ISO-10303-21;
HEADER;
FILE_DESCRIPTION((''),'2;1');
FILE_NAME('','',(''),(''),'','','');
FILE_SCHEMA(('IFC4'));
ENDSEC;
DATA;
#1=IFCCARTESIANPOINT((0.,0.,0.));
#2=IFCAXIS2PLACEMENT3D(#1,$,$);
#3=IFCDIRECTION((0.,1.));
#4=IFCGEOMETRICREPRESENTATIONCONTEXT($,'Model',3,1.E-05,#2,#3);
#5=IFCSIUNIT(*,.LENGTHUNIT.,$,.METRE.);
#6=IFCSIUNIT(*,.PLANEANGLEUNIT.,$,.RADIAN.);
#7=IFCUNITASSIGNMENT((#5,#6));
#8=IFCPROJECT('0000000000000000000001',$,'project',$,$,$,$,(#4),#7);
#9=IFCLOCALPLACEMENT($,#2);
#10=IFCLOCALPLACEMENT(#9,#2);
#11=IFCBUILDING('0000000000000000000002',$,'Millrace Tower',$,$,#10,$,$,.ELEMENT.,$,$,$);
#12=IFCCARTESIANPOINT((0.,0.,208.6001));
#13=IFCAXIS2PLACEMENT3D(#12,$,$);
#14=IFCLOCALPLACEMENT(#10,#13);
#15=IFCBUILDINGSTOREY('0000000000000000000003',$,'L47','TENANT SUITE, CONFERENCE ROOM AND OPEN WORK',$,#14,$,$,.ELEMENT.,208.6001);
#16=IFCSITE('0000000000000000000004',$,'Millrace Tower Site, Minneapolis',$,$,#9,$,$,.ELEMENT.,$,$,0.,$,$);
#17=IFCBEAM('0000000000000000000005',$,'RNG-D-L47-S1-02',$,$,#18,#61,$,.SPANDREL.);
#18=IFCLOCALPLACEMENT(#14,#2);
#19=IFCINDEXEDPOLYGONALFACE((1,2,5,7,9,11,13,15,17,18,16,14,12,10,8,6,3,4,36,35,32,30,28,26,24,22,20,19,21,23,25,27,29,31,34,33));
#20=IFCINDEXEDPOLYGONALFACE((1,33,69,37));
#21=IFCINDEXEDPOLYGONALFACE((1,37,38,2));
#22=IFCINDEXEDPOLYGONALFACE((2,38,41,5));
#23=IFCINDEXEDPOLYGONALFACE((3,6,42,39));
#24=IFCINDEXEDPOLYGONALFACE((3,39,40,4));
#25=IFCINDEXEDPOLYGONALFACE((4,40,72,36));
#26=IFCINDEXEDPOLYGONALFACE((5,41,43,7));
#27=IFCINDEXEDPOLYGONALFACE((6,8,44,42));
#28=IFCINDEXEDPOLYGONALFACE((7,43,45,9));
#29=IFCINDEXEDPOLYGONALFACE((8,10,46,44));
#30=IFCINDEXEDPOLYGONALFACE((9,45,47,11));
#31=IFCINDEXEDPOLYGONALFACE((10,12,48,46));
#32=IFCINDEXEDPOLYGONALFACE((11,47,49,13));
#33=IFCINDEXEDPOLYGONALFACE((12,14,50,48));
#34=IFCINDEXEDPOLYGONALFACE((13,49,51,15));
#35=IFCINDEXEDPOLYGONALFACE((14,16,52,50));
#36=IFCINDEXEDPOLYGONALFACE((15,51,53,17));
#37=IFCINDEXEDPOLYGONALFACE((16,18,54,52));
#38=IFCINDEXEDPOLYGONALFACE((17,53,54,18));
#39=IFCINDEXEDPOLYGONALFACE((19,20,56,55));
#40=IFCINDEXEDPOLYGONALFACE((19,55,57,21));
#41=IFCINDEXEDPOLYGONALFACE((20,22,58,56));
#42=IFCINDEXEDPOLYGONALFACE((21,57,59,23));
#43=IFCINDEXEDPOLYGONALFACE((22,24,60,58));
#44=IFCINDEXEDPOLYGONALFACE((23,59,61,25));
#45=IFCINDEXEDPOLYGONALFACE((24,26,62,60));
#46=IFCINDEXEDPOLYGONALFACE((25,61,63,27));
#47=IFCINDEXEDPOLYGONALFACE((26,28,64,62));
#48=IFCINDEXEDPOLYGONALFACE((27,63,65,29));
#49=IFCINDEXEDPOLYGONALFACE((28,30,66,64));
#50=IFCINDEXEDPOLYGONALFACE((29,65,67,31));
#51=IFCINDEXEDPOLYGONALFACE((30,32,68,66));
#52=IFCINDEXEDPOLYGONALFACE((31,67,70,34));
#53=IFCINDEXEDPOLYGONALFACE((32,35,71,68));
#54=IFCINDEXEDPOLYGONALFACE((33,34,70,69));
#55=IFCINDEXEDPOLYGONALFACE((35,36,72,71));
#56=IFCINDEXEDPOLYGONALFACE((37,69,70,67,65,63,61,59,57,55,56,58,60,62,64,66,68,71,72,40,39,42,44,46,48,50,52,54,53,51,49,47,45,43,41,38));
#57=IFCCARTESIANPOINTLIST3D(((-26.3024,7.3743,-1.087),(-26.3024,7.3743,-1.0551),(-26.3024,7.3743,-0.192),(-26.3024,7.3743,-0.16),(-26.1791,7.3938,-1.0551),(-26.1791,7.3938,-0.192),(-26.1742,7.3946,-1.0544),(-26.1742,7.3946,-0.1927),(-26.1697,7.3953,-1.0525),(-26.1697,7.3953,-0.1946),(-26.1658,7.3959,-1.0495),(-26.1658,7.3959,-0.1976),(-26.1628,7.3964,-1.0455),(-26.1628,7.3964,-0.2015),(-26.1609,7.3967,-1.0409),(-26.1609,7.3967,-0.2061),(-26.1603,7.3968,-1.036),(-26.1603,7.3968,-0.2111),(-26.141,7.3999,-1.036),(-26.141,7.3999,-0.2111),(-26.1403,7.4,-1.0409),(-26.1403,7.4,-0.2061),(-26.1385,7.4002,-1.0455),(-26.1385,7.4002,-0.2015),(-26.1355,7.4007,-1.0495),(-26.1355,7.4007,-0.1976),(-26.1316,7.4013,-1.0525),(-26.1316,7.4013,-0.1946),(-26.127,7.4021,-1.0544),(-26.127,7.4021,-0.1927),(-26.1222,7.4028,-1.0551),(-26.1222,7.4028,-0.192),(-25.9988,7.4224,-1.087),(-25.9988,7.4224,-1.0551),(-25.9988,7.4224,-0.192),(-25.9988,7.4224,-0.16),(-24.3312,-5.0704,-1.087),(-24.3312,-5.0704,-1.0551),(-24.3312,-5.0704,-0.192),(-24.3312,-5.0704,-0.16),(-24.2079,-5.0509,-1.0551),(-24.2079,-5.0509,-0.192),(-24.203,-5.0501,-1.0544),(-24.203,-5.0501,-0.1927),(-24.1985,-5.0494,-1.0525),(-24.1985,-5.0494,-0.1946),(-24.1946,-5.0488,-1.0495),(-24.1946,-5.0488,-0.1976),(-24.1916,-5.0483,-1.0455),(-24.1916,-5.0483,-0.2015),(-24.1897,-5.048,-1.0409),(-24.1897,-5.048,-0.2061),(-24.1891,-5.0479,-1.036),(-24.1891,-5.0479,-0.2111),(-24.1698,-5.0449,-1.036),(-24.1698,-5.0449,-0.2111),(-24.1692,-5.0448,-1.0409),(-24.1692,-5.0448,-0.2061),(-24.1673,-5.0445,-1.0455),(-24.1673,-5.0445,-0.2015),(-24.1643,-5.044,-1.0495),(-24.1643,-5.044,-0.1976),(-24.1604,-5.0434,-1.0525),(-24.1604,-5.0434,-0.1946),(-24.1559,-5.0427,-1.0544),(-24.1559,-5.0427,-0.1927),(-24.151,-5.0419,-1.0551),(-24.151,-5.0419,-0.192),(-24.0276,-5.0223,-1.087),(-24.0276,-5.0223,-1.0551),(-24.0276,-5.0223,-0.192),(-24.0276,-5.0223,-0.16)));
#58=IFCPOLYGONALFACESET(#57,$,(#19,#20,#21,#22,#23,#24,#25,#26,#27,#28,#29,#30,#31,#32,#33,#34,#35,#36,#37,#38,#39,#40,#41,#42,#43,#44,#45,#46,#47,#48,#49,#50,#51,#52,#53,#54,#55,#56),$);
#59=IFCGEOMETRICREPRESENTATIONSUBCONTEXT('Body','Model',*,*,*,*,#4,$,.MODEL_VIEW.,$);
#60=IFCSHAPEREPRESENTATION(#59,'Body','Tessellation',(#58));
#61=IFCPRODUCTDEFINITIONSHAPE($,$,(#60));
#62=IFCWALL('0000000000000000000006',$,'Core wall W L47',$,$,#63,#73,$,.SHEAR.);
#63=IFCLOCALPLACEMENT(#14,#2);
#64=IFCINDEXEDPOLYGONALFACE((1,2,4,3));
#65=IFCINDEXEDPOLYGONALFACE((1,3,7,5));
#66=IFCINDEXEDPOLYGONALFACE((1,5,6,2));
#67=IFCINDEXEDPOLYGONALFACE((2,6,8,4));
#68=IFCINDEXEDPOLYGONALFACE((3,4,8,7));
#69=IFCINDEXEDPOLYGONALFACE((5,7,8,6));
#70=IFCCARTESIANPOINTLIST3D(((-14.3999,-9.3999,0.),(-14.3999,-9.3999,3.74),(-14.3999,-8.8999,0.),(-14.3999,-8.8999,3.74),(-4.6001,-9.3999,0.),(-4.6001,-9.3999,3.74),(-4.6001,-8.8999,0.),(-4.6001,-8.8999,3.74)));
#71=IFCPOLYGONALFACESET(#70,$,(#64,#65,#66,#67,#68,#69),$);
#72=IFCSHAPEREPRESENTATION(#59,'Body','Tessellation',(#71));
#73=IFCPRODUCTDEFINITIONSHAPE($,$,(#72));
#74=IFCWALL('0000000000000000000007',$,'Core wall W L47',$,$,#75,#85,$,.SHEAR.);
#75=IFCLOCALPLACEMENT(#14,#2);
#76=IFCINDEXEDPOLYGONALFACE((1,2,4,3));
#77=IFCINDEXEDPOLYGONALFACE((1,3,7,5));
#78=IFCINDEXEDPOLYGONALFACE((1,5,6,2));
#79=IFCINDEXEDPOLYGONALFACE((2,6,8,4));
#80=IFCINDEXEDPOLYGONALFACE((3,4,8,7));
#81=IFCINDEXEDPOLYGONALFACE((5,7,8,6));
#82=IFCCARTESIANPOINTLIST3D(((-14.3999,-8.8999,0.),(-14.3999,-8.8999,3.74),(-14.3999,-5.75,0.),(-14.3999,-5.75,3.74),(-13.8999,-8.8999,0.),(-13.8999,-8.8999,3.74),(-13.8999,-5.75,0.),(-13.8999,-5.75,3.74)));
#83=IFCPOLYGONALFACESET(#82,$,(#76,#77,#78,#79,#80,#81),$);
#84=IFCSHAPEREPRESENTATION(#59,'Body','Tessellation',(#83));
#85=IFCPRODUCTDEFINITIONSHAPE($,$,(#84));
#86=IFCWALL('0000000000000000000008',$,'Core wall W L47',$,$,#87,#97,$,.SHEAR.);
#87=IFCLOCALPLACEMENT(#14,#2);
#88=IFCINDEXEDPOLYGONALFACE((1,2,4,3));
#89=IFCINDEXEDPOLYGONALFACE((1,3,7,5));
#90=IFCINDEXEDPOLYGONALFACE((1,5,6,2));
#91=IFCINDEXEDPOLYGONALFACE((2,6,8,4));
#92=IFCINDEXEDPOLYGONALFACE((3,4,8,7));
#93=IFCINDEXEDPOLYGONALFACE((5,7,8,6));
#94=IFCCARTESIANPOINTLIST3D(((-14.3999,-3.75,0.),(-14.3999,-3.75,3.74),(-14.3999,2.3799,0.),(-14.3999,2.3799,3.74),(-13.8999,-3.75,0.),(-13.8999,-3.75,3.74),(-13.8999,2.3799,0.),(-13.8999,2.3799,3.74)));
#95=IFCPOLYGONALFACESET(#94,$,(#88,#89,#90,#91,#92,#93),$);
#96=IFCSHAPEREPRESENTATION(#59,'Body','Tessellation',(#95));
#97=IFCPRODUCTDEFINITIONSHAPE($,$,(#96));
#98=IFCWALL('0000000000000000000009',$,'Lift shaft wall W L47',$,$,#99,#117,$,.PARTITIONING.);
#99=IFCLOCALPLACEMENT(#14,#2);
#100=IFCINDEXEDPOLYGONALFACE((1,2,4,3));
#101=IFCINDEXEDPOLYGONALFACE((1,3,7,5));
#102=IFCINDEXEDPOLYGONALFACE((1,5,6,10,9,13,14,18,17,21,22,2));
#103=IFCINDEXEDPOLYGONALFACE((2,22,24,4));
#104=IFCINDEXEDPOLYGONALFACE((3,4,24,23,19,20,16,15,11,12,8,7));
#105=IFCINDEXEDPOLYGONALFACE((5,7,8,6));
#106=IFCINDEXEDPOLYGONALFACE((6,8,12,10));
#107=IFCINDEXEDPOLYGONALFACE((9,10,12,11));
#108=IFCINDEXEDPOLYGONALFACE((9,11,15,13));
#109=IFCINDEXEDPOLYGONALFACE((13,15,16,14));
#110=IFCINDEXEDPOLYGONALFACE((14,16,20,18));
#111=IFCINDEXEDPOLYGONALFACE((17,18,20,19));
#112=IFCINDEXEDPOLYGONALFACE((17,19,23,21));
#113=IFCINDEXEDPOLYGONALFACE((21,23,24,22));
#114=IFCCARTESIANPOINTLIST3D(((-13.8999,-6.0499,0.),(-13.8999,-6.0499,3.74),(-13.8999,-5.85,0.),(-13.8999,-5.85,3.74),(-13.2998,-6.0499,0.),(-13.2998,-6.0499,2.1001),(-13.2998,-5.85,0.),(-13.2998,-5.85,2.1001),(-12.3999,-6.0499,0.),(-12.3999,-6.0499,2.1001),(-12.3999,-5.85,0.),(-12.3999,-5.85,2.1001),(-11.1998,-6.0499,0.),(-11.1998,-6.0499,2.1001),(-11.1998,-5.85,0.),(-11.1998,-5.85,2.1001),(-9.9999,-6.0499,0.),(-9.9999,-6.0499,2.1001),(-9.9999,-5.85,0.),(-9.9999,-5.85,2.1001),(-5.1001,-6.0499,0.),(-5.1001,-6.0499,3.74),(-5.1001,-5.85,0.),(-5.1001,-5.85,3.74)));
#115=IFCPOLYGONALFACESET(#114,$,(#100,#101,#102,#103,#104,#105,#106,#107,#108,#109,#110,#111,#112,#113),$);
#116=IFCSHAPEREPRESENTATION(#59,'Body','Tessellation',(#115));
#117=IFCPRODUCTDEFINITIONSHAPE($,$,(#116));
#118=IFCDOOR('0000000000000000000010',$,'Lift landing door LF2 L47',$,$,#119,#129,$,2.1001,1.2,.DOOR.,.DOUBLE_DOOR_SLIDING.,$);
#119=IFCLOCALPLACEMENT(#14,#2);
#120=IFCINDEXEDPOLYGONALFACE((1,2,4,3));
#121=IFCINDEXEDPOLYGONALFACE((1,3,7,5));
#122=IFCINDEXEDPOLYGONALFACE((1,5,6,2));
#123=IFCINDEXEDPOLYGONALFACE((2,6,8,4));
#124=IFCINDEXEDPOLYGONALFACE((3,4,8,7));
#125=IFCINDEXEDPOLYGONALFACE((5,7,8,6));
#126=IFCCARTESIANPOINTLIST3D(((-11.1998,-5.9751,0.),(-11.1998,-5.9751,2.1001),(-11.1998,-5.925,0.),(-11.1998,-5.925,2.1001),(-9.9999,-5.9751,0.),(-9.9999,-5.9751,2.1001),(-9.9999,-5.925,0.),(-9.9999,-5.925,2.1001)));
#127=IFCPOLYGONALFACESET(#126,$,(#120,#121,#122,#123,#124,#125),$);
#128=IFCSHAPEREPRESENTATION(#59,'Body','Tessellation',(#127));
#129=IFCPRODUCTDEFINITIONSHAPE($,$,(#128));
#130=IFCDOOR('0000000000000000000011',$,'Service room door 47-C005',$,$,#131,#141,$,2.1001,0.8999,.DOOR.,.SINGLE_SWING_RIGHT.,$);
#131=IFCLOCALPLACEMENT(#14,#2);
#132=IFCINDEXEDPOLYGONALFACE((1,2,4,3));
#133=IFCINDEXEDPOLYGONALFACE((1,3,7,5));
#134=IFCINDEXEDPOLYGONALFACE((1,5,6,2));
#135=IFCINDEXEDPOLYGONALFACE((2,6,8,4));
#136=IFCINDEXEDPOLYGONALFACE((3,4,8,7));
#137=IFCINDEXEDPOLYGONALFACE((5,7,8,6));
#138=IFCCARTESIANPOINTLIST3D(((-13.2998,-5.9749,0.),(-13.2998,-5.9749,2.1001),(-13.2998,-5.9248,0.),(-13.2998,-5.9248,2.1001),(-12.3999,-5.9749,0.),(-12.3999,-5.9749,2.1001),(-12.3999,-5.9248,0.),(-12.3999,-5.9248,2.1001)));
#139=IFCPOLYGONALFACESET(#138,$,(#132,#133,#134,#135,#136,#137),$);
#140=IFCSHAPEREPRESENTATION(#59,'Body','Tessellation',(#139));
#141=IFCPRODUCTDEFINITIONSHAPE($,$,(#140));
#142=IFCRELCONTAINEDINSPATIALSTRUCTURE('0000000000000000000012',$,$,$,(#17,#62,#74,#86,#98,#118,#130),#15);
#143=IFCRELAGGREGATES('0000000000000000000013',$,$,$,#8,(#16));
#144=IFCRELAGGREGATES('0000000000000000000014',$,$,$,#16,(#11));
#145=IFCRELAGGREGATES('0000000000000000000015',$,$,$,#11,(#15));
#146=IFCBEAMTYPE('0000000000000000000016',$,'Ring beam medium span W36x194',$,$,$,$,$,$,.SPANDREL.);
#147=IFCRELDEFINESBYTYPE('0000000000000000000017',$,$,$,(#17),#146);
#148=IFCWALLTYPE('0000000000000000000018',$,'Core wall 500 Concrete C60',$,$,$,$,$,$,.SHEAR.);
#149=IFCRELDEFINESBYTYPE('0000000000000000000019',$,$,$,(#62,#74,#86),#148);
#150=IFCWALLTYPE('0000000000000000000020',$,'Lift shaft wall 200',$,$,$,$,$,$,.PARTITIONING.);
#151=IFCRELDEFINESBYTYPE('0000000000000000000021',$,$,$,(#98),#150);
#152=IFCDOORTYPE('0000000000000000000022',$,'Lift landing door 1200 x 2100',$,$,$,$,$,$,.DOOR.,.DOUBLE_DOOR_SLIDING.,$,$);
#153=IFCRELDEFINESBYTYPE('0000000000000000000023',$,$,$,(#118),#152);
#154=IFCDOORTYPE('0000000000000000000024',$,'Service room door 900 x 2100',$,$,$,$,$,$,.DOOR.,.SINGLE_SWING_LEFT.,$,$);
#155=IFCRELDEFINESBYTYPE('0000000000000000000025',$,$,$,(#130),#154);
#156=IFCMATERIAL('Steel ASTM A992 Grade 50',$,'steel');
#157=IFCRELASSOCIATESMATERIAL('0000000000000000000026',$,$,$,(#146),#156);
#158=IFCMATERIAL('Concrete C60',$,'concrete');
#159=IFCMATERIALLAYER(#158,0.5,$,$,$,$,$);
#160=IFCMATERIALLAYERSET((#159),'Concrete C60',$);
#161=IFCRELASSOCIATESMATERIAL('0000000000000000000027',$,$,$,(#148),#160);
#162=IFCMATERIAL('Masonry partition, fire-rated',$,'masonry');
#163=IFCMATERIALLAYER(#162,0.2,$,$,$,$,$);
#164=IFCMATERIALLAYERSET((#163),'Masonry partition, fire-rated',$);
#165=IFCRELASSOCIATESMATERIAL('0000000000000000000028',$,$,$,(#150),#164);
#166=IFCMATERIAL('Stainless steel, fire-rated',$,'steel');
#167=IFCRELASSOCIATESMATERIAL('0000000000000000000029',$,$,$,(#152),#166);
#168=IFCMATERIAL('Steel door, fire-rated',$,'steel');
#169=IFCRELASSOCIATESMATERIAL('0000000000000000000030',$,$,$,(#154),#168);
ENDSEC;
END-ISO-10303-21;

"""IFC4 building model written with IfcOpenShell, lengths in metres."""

from ifc_helpers import new_model, si_unit, direction, frame, frame_2d, origin, origin_2d, place, context, subcontext, project, spatial, rectangle, i_section, extrude, material, layer, layer_set, material_profile, profile_set, type_object, element, fill, save


model = new_model("IFC4")

# Units and contexts
model_context = context("Model", 3, precision=1e-05, world=origin(), true_north=direction((0.0, 1.0)))
body_context = subcontext(model_context, "Body", "Model", "MODEL_VIEW")
ifc_project = project(units=[si_unit("LENGTHUNIT", "METRE"), si_unit("PLANEANGLEUNIT", "RADIAN")], contexts=[model_context])

# Site, building, storey
site_placement = place(None, origin())
site = spatial("IfcSite", under=ifc_project, at=site_placement, Name="Millrace Tower Site, Minneapolis", CompositionType="ELEMENT", RefElevation=0.0)
building_placement = place(site_placement, origin())
building = spatial("IfcBuilding", under=site, at=building_placement, Name="Millrace Tower", CompositionType="ELEMENT")
storey_placement = place(building_placement, frame((0.0, 0.0, 208.6001)))
storey = spatial("IfcBuildingStorey", under=building, at=storey_placement, Name="L47", Description="TENANT SUITE, CONFERENCE ROOM AND OPEN WORK", CompositionType="ELEMENT", Elevation=208.6001)

# Beam
ifc_material_1 = material(Name="Steel ASTM A992 Grade 50", Category="steel")
ifc_material_profile_1 = material_profile(ifc_material_1, i_section(OverallWidth=0.3074, OverallDepth=0.927, WebThickness=0.0195, FlangeThickness=0.032, FilletRadius=0.019, at=origin_2d()))
ifc_profile_set_1 = profile_set([ifc_material_profile_1], Name="Steel ASTM A992 Grade 50")
beam_type_1 = type_object("IfcBeamType", Name="Ring beam medium span W36x194", PredefinedType="SPANDREL", material=ifc_profile_set_1)
beam_1_placement = place(storey_placement, frame((-24.1794, -5.0464, -0.6235), z_axis=(-0.156444, 0.987687, 0.0), x_axis=(-0.987687, -0.156444, 0.0)))
element("IfcBeam", 1, at=beam_1_placement, inside=storey, type_object=beam_type_1, Name="RNG-D-L47-S1-02", PredefinedType="SPANDREL", context=body_context, shape_type="SweptSolid", body=[
    extrude(i_section(OverallWidth=0.3074, OverallDepth=0.927, WebThickness=0.0195, FlangeThickness=0.032, FilletRadius=0.019, at=origin_2d()), origin(), (0.0, 0.0, 1.0), 12.5999),
])

# Walls
ifc_material_2 = material(Name="Concrete C60", Category="concrete")
ifc_layer_1 = layer(ifc_material_2, 0.5)
ifc_layer_set_1 = layer_set([ifc_layer_1], Name="Concrete C60")
wall_type_1 = type_object("IfcWallType", Name="Core wall 500 Concrete C60", PredefinedType="SHEAR", material=ifc_layer_set_1)
wall_1_placement = place(storey_placement, frame((-14.3999, -9.1499, 0.0), z_axis=(0.0, 0.0, 1.0), x_axis=(1.0, 0.0, 0.0)))
element("IfcWall", 2, at=wall_1_placement, inside=storey, type_object=wall_type_1, Name="Core wall W L47", PredefinedType="SHEAR", context=body_context, shape_type="SweptSolid", body=[
    extrude(rectangle(XDim=9.7998, YDim=0.5, at=frame_2d((4.8999, 0.0))), origin(), (0.0, 0.0, 1.0), 3.74),
])
wall_2_placement = place(storey_placement, frame((-14.1499, -8.8999, 0.0), z_axis=(0.0, 0.0, 1.0), x_axis=(0.0, 1.0, 0.0)))
element("IfcWall", 3, at=wall_2_placement, inside=storey, type_object=wall_type_1, Name="Core wall W L47", PredefinedType="SHEAR", context=body_context, shape_type="SweptSolid", body=[
    extrude(rectangle(XDim=3.1499, YDim=0.5, at=frame_2d((1.575, 0.0))), origin(), (0.0, 0.0, 1.0), 3.74),
])
wall_3_placement = place(storey_placement, frame((-14.1499, -3.75, 0.0), z_axis=(0.0, 0.0, 1.0), x_axis=(0.0, 1.0, 0.0)))
element("IfcWall", 4, at=wall_3_placement, inside=storey, type_object=wall_type_1, Name="Core wall W L47", PredefinedType="SHEAR", context=body_context, shape_type="SweptSolid", body=[
    extrude(rectangle(XDim=6.1299, YDim=0.5, at=frame_2d((3.0649, 0.0))), origin(), (0.0, 0.0, 1.0), 3.74),
])

# Wall, openings, doors
ifc_material_3 = material(Name="Masonry partition, fire-rated", Category="masonry")
ifc_layer_2 = layer(ifc_material_3, 0.2)
ifc_layer_set_2 = layer_set([ifc_layer_2], Name="Masonry partition, fire-rated")
wall_type_2 = type_object("IfcWallType", Name="Lift shaft wall 200", PredefinedType="PARTITIONING", material=ifc_layer_set_2)
wall_4_placement = place(storey_placement, frame((-13.8999, -5.95, 0.0), z_axis=(0.0, 0.0, 1.0), x_axis=(1.0, 0.0, 0.0)))
wall_4 = element("IfcWall", 5, at=wall_4_placement, inside=storey, type_object=wall_type_2, Name="Lift shaft wall W L47", PredefinedType="PARTITIONING", context=body_context, shape_type="SweptSolid", body=[
    extrude(rectangle(XDim=8.7998, YDim=0.2, at=frame_2d((4.3999, 0.0))), origin(), (0.0, 0.0, 1.0), 3.74),
])
opening_1_placement = place(wall_4_placement, frame((2.7, 0.0, 0.0)))
opening_1 = element("IfcOpeningElement", 6, at=opening_1_placement, cuts=wall_4, PredefinedType="OPENING", context=body_context, shape_type="SweptSolid", body=[
    extrude(rectangle(XDim=1.2, YDim=2.1001, at=frame_2d((0.6001, 1.05))), frame((0.0, 0.1099, 0.0), z_axis=(0.0, -1.0, 0.0), x_axis=(1.0, 0.0, 0.0)), (0.0, 0.0, 1.0), 0.22),
])
opening_2_placement = place(wall_4_placement, frame((0.6001, 0.0, 0.0)))
opening_2 = element("IfcOpeningElement", 7, at=opening_2_placement, cuts=wall_4, PredefinedType="OPENING", context=body_context, shape_type="SweptSolid", body=[
    extrude(rectangle(XDim=0.8999, YDim=2.1001, at=frame_2d((0.45, 1.05))), frame((0.0, 0.1099, 0.0), z_axis=(0.0, -1.0, 0.0), x_axis=(1.0, 0.0, 0.0)), (0.0, 0.0, 1.0), 0.22),
])
ifc_material_4 = material(Name="Stainless steel, fire-rated", Category="steel")
door_type_1 = type_object("IfcDoorType", Name="Lift landing door 1200 x 2100", OperationType="DOUBLE_DOOR_SLIDING", PredefinedType="DOOR", material=ifc_material_4)
door_1_placement = place(opening_1_placement, origin())
door_1 = element("IfcDoor", 8, at=door_1_placement, inside=storey, type_object=door_type_1, Name="Lift landing door LF2 L47", OperationType="DOUBLE_DOOR_SLIDING", OverallHeight=2.1001, OverallWidth=1.2, PredefinedType="DOOR", context=body_context, shape_type="SweptSolid", body=[
    extrude(rectangle(XDim=1.2, YDim=2.1001, at=frame_2d((0.6001, 1.05))), frame((0.0, 0.0249, 0.0), z_axis=(0.0, -1.0, 0.0), x_axis=(1.0, 0.0, 0.0)), (0.0, 0.0, 1.0), 0.05),
])
fill(opening_1, door_1)
ifc_material_5 = material(Name="Steel door, fire-rated", Category="steel")
door_type_2 = type_object("IfcDoorType", Name="Service room door 900 x 2100", OperationType="SINGLE_SWING_LEFT", PredefinedType="DOOR", material=ifc_material_5)
door_2_placement = place(opening_2_placement, frame((0.8999, 0.0, 0.0), z_axis=(0.0, 0.0, 1.0), x_axis=(-1.0, 0.0, 0.0)))
door_2 = element("IfcDoor", 9, at=door_2_placement, inside=storey, type_object=door_type_2, Name="Service room door 47-C005", OperationType="SINGLE_SWING_RIGHT", OverallHeight=2.1001, OverallWidth=0.8999, PredefinedType="DOOR", context=body_context, shape_type="SweptSolid", body=[
    extrude(rectangle(XDim=0.8999, YDim=2.1001, at=frame_2d((0.45, 1.05))), frame((0.0, 0.0249, 0.0), z_axis=(0.0, -1.0, 0.0), x_axis=(1.0, 0.0, 0.0)), (0.0, 0.0, 1.0), 0.05),
])
fill(opening_2, door_2)

save(model, "model.ifc")
